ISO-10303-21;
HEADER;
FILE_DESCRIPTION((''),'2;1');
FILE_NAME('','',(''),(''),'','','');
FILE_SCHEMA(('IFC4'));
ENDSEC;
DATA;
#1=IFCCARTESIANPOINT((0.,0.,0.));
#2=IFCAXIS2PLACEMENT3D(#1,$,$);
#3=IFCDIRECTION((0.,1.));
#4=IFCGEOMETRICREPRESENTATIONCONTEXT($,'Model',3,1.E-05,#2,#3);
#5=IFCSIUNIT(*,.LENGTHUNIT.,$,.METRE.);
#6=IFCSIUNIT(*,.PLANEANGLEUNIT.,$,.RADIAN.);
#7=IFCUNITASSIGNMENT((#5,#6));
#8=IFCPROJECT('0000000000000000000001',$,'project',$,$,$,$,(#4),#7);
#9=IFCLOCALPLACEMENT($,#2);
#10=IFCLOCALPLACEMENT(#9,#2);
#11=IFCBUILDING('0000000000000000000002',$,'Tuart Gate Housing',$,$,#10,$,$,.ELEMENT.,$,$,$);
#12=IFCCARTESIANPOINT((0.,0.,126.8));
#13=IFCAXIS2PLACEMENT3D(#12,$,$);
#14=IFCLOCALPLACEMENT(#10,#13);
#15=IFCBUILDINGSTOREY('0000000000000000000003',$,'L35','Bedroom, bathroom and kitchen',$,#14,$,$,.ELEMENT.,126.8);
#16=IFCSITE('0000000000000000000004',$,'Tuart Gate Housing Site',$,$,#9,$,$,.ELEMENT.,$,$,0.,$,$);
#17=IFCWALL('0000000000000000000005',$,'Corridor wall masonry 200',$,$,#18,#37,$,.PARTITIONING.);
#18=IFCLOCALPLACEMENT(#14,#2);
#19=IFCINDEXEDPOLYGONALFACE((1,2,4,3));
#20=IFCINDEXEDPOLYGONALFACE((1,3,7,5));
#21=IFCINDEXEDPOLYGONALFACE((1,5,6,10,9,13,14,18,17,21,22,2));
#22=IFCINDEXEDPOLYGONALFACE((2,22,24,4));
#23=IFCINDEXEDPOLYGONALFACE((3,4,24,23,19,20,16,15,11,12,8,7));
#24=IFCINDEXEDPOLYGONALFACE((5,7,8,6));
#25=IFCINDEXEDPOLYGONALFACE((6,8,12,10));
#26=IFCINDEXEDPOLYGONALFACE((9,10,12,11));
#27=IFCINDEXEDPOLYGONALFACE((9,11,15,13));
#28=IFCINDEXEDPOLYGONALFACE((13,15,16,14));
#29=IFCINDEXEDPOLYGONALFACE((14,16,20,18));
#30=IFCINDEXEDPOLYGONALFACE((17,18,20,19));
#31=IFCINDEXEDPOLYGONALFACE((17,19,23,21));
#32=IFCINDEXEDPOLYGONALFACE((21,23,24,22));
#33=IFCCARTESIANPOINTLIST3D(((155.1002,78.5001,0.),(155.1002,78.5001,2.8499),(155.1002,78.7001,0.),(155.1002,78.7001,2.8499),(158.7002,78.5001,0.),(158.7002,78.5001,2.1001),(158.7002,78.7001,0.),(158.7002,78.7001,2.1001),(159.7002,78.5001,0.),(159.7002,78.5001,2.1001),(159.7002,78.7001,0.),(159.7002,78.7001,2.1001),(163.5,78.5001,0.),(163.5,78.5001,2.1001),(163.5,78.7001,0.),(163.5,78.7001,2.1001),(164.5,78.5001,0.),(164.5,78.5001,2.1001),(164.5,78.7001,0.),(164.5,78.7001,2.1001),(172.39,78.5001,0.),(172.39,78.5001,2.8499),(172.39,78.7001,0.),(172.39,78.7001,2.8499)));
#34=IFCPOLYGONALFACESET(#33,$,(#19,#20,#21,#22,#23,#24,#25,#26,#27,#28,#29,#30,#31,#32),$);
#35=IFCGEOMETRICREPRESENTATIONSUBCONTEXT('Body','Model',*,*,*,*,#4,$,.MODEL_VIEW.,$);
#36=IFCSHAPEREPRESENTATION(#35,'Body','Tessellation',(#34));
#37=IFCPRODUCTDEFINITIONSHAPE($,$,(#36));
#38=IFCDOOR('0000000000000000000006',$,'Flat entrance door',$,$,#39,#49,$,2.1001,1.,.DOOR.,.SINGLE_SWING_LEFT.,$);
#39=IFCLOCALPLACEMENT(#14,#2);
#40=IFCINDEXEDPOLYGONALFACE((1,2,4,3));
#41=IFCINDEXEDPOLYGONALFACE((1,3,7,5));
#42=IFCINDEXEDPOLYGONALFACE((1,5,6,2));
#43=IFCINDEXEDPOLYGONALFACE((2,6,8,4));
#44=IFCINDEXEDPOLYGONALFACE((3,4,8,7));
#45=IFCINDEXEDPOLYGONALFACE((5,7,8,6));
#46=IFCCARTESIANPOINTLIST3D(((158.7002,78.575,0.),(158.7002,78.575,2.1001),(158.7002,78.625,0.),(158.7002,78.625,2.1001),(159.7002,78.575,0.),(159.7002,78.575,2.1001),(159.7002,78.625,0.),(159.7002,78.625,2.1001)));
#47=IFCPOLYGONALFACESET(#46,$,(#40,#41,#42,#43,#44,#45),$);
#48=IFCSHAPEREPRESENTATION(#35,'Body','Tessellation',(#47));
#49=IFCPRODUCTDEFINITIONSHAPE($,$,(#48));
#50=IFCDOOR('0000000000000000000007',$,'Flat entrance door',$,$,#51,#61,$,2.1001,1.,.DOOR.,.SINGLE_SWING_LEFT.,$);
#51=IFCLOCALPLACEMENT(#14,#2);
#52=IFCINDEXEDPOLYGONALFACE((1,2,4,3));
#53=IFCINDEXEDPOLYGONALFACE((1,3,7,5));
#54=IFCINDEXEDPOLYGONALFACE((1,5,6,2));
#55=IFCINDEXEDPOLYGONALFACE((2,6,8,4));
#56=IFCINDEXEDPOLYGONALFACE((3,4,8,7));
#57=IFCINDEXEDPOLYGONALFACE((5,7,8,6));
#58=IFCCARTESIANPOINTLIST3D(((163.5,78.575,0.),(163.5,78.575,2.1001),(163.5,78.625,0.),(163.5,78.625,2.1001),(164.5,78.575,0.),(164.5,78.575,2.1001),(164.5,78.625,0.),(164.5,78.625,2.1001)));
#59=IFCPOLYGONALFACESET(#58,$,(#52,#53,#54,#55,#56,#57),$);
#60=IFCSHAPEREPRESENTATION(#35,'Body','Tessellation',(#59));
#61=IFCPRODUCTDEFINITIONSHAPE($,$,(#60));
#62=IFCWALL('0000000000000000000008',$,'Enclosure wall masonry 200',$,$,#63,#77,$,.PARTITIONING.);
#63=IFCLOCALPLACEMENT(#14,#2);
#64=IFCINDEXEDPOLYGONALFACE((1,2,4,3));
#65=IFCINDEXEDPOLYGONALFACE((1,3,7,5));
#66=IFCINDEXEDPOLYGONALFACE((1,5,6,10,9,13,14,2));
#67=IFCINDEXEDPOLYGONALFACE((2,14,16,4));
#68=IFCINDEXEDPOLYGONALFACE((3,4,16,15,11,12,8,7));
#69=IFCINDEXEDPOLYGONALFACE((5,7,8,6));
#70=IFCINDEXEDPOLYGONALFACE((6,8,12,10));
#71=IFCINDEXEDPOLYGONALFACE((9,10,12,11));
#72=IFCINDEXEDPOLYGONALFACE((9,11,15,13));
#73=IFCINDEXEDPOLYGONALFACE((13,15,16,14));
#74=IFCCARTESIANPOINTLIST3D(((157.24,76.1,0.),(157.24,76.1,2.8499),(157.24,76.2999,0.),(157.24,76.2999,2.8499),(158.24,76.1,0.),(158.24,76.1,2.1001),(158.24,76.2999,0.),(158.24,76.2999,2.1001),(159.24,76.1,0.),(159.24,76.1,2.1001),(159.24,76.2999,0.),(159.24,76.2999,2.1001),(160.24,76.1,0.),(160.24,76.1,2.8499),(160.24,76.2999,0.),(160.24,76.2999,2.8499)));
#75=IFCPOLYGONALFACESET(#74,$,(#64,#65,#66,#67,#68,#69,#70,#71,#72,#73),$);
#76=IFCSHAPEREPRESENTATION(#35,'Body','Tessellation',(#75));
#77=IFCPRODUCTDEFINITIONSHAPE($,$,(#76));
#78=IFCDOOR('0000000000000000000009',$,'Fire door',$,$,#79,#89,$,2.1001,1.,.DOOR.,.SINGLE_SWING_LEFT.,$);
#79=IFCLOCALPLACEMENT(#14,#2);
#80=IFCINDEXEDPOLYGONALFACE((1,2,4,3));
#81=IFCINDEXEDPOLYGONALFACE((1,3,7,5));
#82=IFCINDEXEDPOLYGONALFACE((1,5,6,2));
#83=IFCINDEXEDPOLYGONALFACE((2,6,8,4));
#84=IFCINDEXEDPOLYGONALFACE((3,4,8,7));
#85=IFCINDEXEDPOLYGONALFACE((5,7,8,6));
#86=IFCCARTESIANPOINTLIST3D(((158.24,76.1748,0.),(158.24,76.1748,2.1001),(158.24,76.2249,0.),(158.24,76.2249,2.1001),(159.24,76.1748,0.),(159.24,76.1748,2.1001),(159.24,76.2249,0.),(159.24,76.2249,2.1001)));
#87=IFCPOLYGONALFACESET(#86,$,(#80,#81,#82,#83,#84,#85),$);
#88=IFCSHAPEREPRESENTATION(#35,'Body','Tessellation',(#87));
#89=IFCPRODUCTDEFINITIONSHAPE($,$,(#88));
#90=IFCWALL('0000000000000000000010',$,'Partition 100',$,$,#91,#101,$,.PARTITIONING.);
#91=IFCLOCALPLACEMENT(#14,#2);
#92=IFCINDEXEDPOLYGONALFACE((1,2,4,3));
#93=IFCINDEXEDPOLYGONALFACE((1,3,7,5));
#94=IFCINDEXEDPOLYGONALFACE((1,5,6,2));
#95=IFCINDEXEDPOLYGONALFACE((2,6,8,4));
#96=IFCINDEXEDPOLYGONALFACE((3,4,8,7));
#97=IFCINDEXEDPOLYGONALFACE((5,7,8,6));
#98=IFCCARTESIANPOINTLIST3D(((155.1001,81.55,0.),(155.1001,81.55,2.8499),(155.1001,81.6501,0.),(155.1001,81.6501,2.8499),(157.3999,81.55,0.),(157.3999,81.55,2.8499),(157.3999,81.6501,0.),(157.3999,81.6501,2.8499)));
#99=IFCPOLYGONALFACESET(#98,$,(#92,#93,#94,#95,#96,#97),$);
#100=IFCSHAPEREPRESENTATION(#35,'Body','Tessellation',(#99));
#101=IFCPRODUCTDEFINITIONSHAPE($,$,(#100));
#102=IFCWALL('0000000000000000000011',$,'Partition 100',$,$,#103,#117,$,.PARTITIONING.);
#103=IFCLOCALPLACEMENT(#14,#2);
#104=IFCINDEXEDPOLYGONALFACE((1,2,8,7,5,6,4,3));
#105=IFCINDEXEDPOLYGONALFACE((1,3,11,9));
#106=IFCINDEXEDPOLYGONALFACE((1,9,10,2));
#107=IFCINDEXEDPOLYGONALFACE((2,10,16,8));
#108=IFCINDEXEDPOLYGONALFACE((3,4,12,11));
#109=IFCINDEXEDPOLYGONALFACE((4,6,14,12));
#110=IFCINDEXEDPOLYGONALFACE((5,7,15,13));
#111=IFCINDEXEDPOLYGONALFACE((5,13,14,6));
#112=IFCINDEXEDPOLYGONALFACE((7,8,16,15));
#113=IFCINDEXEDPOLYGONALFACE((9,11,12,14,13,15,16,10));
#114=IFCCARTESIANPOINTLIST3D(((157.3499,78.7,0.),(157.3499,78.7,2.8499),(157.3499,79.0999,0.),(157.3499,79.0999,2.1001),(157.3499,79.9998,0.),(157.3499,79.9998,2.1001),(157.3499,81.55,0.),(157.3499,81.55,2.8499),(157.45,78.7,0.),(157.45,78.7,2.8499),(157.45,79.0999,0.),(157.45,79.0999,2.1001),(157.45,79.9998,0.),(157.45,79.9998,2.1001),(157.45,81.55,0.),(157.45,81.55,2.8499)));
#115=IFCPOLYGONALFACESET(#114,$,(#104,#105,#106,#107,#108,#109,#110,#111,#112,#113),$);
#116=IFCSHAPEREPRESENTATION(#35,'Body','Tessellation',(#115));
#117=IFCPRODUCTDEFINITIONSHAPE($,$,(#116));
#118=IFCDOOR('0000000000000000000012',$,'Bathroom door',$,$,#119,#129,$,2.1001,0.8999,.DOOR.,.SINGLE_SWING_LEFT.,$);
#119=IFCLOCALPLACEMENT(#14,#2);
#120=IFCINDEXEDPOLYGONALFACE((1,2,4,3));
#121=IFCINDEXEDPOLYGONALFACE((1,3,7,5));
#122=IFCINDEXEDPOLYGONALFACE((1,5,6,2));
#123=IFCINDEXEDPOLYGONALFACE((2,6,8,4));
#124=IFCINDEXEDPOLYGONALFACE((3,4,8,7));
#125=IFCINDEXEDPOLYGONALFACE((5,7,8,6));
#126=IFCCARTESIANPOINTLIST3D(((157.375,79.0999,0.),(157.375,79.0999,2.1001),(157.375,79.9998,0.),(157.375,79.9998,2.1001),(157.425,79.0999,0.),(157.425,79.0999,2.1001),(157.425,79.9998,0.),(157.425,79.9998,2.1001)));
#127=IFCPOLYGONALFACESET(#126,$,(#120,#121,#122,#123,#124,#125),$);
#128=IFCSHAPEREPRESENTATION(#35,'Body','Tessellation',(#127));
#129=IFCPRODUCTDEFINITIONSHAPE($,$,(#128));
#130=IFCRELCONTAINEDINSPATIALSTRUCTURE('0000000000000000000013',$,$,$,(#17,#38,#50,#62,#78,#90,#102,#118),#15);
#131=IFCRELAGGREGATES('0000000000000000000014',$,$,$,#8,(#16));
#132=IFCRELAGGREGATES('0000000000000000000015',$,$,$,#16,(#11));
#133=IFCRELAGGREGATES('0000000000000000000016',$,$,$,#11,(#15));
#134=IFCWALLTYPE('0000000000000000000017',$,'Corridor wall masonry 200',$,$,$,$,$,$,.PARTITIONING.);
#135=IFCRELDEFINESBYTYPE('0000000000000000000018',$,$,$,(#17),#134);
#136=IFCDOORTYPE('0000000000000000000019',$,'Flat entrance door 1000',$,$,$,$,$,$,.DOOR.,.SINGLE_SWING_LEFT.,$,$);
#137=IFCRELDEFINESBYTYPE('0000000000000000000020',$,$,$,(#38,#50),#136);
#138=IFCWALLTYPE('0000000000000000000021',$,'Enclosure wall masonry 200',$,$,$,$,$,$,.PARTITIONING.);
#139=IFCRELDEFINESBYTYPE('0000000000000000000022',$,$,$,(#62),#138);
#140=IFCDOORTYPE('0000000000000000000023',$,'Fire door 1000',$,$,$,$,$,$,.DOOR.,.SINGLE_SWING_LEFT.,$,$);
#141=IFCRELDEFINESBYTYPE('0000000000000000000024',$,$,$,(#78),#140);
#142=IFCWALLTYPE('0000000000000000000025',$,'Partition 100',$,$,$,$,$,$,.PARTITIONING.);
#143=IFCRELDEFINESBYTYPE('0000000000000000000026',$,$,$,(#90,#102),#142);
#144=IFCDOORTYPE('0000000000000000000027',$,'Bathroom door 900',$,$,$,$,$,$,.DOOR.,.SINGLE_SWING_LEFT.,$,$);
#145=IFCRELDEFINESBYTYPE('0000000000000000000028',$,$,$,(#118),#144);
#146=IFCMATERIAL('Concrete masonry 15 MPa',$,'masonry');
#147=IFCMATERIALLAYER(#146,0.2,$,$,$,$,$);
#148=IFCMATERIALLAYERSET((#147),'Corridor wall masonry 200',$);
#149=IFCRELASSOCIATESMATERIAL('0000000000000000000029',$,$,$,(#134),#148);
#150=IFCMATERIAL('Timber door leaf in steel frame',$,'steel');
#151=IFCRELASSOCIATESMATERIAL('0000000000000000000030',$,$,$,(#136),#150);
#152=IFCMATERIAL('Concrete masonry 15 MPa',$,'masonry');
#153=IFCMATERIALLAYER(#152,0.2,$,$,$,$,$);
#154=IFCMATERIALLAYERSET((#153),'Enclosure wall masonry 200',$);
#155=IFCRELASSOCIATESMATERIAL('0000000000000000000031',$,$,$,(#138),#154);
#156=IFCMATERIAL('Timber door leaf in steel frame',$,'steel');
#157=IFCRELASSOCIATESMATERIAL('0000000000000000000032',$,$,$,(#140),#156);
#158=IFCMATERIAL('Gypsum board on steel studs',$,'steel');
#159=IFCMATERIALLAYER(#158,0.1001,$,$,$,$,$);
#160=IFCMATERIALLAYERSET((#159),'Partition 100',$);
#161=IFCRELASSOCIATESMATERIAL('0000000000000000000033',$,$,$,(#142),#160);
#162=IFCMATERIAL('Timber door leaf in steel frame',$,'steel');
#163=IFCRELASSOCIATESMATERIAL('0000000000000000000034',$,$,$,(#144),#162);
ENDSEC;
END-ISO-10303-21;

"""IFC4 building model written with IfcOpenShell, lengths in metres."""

from ifc_helpers import new_model, si_unit, direction, frame, frame_2d, origin, place, context, subcontext, project, spatial, rectangle, extrude, material, layer, layer_set, type_object, element, fill, save


model = new_model("IFC4")

# Units and contexts
model_context = context("Model", 3, precision=1e-05, world=origin(), true_north=direction((0.0, 1.0)))
body_context = subcontext(model_context, "Body", "Model", "MODEL_VIEW")
ifc_project = project(units=[si_unit("LENGTHUNIT", "METRE"), si_unit("PLANEANGLEUNIT", "RADIAN")], contexts=[model_context])

# Site, building, storey
site_placement = place(None, origin())
site = spatial("IfcSite", under=ifc_project, at=site_placement, Name="Tuart Gate Housing Site", CompositionType="ELEMENT", RefElevation=0.0)
building_placement = place(site_placement, origin())
building = spatial("IfcBuilding", under=site, at=building_placement, Name="Tuart Gate Housing", CompositionType="ELEMENT")
storey_placement = place(building_placement, frame((0.0, 0.0, 126.8)))
storey = spatial("IfcBuildingStorey", under=building, at=storey_placement, Name="L35", Description="Bedroom, bathroom and kitchen", CompositionType="ELEMENT", Elevation=126.8)

# Shared definitions
ifc_material_1 = material(Name="Concrete masonry 15 MPa", Category="masonry")
ifc_layer_1 = layer(ifc_material_1, 0.2)
ifc_layer_set_1 = layer_set([ifc_layer_1], Name="Corridor wall masonry 200")
wall_type_1 = type_object("IfcWallType", Name="Corridor wall masonry 200", PredefinedType="PARTITIONING", material=ifc_layer_set_1)

# Wall, openings, doors
wall_1_placement = place(storey_placement, frame((155.1001, 78.6001, 0.0), z_axis=(0.0, 0.0, 1.0), x_axis=(1.0, 0.0, 0.0)))
wall_1 = element("IfcWall", 1, at=wall_1_placement, inside=storey, type_object=wall_type_1, Name="Corridor wall masonry 200", PredefinedType="PARTITIONING", context=body_context, shape_type="SweptSolid", body=[
    extrude(rectangle(XDim=17.2898, YDim=0.2, at=frame_2d((8.645, 0.0))), origin(), (0.0, 0.0, 1.0), 2.8499),
])
opening_1_placement = place(wall_1_placement, frame((3.6001, 0.0, 0.0)))
opening_1 = element("IfcOpeningElement", 2, at=opening_1_placement, cuts=wall_1, PredefinedType="OPENING", context=body_context, shape_type="SweptSolid", body=[
    extrude(rectangle(XDim=1.0, YDim=2.1001, at=frame_2d((0.5, 1.05))), frame((0.0, 0.1099, 0.0), z_axis=(0.0, -1.0, 0.0), x_axis=(1.0, 0.0, 0.0)), (0.0, 0.0, 1.0), 0.22),
])
opening_2_placement = place(wall_1_placement, frame((8.3999, 0.0, 0.0)))
opening_2 = element("IfcOpeningElement", 3, at=opening_2_placement, cuts=wall_1, PredefinedType="OPENING", context=body_context, shape_type="SweptSolid", body=[
    extrude(rectangle(XDim=1.0, YDim=2.1001, at=frame_2d((0.5, 1.05))), frame((0.0, 0.1099, 0.0), z_axis=(0.0, -1.0, 0.0), x_axis=(1.0, 0.0, 0.0)), (0.0, 0.0, 1.0), 0.22),
])
ifc_material_2 = material(Name="Timber door leaf in steel frame", Category="steel")
door_type_1 = type_object("IfcDoorType", Name="Flat entrance door 1000", OperationType="SINGLE_SWING_LEFT", PredefinedType="DOOR", material=ifc_material_2)
door_1_placement = place(opening_1_placement, origin())
door_1 = element("IfcDoor", 4, at=door_1_placement, inside=storey, type_object=door_type_1, Name="Flat entrance door", OperationType="SINGLE_SWING_LEFT", OverallHeight=2.1001, OverallWidth=1.0, PredefinedType="DOOR", context=body_context, shape_type="SweptSolid", body=[
    extrude(rectangle(XDim=1.0, YDim=2.1001, at=frame_2d((0.5, 1.05))), frame((0.0, 0.0249, 0.0), z_axis=(0.0, -1.0, 0.0), x_axis=(1.0, 0.0, 0.0)), (0.0, 0.0, 1.0), 0.05),
])
fill(opening_1, door_1)
door_2_placement = place(opening_2_placement, origin())
door_2 = element("IfcDoor", 5, at=door_2_placement, inside=storey, type_object=door_type_1, Name="Flat entrance door", OperationType="SINGLE_SWING_LEFT", OverallHeight=2.1001, OverallWidth=1.0, PredefinedType="DOOR", context=body_context, shape_type="SweptSolid", body=[
    extrude(rectangle(XDim=1.0, YDim=2.1001, at=frame_2d((0.5, 1.05))), frame((0.0, 0.0249, 0.0), z_axis=(0.0, -1.0, 0.0), x_axis=(1.0, 0.0, 0.0)), (0.0, 0.0, 1.0), 0.05),
])
fill(opening_2, door_2)

# Wall, opening, door
ifc_material_3 = material(Name="Concrete masonry 15 MPa", Category="masonry")
ifc_layer_2 = layer(ifc_material_3, 0.2)
ifc_layer_set_2 = layer_set([ifc_layer_2], Name="Enclosure wall masonry 200")
wall_type_2 = type_object("IfcWallType", Name="Enclosure wall masonry 200", PredefinedType="PARTITIONING", material=ifc_layer_set_2)
wall_2_placement = place(storey_placement, frame((157.24, 76.2, 0.0), z_axis=(0.0, 0.0, 1.0), x_axis=(1.0, 0.0, 0.0)))
wall_2 = element("IfcWall", 6, at=wall_2_placement, inside=storey, type_object=wall_type_2, Name="Enclosure wall masonry 200", PredefinedType="PARTITIONING", context=body_context, shape_type="SweptSolid", body=[
    extrude(rectangle(XDim=3.0, YDim=0.2, at=frame_2d((1.5, 0.0))), origin(), (0.0, 0.0, 1.0), 2.8499),
])
opening_3_placement = place(wall_2_placement, frame((1.0, 0.0, 0.0)))
opening_3 = element("IfcOpeningElement", 7, at=opening_3_placement, cuts=wall_2, PredefinedType="OPENING", context=body_context, shape_type="SweptSolid", body=[
    extrude(rectangle(XDim=1.0, YDim=2.1001, at=frame_2d((0.5, 1.05))), frame((0.0, 0.1099, 0.0), z_axis=(0.0, -1.0, 0.0), x_axis=(1.0, 0.0, 0.0)), (0.0, 0.0, 1.0), 0.22),
])
ifc_material_4 = material(Name="Timber door leaf in steel frame", Category="steel")
door_type_2 = type_object("IfcDoorType", Name="Fire door 1000", OperationType="SINGLE_SWING_LEFT", PredefinedType="DOOR", material=ifc_material_4)
door_3_placement = place(opening_3_placement, origin())
door_3 = element("IfcDoor", 8, at=door_3_placement, inside=storey, type_object=door_type_2, Name="Fire door", OperationType="SINGLE_SWING_LEFT", OverallHeight=2.1001, OverallWidth=1.0, PredefinedType="DOOR", context=body_context, shape_type="SweptSolid", body=[
    extrude(rectangle(XDim=1.0, YDim=2.1001, at=frame_2d((0.5, 1.05))), frame((0.0, 0.0249, 0.0), z_axis=(0.0, -1.0, 0.0), x_axis=(1.0, 0.0, 0.0)), (0.0, 0.0, 1.0), 0.05),
])
fill(opening_3, door_3)

# Wall
ifc_material_5 = material(Name="Gypsum board on steel studs", Category="steel")
ifc_layer_3 = layer(ifc_material_5, 0.1001)
ifc_layer_set_3 = layer_set([ifc_layer_3], Name="Partition 100")
wall_type_3 = type_object("IfcWallType", Name="Partition 100", PredefinedType="PARTITIONING", material=ifc_layer_set_3)
wall_3_placement = place(storey_placement, frame((155.1001, 81.6001, 0.0), z_axis=(0.0, 0.0, 1.0), x_axis=(1.0, 0.0, 0.0)))
element("IfcWall", 9, at=wall_3_placement, inside=storey, type_object=wall_type_3, Name="Partition 100", PredefinedType="PARTITIONING", context=body_context, shape_type="SweptSolid", body=[
    extrude(rectangle(XDim=2.2998, YDim=0.1001, at=frame_2d((1.1499, 0.0))), origin(), (0.0, 0.0, 1.0), 2.8499),
])

# Wall, opening, door
wall_4_placement = place(storey_placement, frame((157.3999, 78.7, 0.0), z_axis=(0.0, 0.0, 1.0), x_axis=(0.0, 1.0, 0.0)))
wall_4 = element("IfcWall", 10, at=wall_4_placement, inside=storey, type_object=wall_type_3, Name="Partition 100", PredefinedType="PARTITIONING", context=body_context, shape_type="SweptSolid", body=[
    extrude(rectangle(XDim=2.8501, YDim=0.1001, at=frame_2d((1.425, 0.0))), origin(), (0.0, 0.0, 1.0), 2.8499),
])
opening_4_placement = place(wall_4_placement, frame((0.3999, 0.0, 0.0)))
opening_4 = element("IfcOpeningElement", 11, at=opening_4_placement, cuts=wall_4, PredefinedType="OPENING", context=body_context, shape_type="SweptSolid", body=[
    extrude(rectangle(XDim=0.8999, YDim=2.1001, at=frame_2d((0.45, 1.05))), frame((0.0, 0.0601, 0.0), z_axis=(0.0, -1.0, 0.0), x_axis=(1.0, 0.0, 0.0)), (0.0, 0.0, 1.0), 0.1201),
])
ifc_material_6 = material(Name="Timber door leaf in steel frame", Category="steel")
door_type_3 = type_object("IfcDoorType", Name="Bathroom door 900", OperationType="SINGLE_SWING_LEFT", PredefinedType="DOOR", material=ifc_material_6)
door_4_placement = place(opening_4_placement, origin())
door_4 = element("IfcDoor", 12, at=door_4_placement, inside=storey, type_object=door_type_3, Name="Bathroom door", OperationType="SINGLE_SWING_LEFT", OverallHeight=2.1001, OverallWidth=0.8999, PredefinedType="DOOR", context=body_context, shape_type="SweptSolid", body=[
    extrude(rectangle(XDim=0.8999, YDim=2.1001, at=frame_2d((0.45, 1.05))), frame((0.0, 0.0249, 0.0), z_axis=(0.0, -1.0, 0.0), x_axis=(1.0, 0.0, 0.0)), (0.0, 0.0, 1.0), 0.05),
])
fill(opening_4, door_4)

save(model, "model.ifc")
